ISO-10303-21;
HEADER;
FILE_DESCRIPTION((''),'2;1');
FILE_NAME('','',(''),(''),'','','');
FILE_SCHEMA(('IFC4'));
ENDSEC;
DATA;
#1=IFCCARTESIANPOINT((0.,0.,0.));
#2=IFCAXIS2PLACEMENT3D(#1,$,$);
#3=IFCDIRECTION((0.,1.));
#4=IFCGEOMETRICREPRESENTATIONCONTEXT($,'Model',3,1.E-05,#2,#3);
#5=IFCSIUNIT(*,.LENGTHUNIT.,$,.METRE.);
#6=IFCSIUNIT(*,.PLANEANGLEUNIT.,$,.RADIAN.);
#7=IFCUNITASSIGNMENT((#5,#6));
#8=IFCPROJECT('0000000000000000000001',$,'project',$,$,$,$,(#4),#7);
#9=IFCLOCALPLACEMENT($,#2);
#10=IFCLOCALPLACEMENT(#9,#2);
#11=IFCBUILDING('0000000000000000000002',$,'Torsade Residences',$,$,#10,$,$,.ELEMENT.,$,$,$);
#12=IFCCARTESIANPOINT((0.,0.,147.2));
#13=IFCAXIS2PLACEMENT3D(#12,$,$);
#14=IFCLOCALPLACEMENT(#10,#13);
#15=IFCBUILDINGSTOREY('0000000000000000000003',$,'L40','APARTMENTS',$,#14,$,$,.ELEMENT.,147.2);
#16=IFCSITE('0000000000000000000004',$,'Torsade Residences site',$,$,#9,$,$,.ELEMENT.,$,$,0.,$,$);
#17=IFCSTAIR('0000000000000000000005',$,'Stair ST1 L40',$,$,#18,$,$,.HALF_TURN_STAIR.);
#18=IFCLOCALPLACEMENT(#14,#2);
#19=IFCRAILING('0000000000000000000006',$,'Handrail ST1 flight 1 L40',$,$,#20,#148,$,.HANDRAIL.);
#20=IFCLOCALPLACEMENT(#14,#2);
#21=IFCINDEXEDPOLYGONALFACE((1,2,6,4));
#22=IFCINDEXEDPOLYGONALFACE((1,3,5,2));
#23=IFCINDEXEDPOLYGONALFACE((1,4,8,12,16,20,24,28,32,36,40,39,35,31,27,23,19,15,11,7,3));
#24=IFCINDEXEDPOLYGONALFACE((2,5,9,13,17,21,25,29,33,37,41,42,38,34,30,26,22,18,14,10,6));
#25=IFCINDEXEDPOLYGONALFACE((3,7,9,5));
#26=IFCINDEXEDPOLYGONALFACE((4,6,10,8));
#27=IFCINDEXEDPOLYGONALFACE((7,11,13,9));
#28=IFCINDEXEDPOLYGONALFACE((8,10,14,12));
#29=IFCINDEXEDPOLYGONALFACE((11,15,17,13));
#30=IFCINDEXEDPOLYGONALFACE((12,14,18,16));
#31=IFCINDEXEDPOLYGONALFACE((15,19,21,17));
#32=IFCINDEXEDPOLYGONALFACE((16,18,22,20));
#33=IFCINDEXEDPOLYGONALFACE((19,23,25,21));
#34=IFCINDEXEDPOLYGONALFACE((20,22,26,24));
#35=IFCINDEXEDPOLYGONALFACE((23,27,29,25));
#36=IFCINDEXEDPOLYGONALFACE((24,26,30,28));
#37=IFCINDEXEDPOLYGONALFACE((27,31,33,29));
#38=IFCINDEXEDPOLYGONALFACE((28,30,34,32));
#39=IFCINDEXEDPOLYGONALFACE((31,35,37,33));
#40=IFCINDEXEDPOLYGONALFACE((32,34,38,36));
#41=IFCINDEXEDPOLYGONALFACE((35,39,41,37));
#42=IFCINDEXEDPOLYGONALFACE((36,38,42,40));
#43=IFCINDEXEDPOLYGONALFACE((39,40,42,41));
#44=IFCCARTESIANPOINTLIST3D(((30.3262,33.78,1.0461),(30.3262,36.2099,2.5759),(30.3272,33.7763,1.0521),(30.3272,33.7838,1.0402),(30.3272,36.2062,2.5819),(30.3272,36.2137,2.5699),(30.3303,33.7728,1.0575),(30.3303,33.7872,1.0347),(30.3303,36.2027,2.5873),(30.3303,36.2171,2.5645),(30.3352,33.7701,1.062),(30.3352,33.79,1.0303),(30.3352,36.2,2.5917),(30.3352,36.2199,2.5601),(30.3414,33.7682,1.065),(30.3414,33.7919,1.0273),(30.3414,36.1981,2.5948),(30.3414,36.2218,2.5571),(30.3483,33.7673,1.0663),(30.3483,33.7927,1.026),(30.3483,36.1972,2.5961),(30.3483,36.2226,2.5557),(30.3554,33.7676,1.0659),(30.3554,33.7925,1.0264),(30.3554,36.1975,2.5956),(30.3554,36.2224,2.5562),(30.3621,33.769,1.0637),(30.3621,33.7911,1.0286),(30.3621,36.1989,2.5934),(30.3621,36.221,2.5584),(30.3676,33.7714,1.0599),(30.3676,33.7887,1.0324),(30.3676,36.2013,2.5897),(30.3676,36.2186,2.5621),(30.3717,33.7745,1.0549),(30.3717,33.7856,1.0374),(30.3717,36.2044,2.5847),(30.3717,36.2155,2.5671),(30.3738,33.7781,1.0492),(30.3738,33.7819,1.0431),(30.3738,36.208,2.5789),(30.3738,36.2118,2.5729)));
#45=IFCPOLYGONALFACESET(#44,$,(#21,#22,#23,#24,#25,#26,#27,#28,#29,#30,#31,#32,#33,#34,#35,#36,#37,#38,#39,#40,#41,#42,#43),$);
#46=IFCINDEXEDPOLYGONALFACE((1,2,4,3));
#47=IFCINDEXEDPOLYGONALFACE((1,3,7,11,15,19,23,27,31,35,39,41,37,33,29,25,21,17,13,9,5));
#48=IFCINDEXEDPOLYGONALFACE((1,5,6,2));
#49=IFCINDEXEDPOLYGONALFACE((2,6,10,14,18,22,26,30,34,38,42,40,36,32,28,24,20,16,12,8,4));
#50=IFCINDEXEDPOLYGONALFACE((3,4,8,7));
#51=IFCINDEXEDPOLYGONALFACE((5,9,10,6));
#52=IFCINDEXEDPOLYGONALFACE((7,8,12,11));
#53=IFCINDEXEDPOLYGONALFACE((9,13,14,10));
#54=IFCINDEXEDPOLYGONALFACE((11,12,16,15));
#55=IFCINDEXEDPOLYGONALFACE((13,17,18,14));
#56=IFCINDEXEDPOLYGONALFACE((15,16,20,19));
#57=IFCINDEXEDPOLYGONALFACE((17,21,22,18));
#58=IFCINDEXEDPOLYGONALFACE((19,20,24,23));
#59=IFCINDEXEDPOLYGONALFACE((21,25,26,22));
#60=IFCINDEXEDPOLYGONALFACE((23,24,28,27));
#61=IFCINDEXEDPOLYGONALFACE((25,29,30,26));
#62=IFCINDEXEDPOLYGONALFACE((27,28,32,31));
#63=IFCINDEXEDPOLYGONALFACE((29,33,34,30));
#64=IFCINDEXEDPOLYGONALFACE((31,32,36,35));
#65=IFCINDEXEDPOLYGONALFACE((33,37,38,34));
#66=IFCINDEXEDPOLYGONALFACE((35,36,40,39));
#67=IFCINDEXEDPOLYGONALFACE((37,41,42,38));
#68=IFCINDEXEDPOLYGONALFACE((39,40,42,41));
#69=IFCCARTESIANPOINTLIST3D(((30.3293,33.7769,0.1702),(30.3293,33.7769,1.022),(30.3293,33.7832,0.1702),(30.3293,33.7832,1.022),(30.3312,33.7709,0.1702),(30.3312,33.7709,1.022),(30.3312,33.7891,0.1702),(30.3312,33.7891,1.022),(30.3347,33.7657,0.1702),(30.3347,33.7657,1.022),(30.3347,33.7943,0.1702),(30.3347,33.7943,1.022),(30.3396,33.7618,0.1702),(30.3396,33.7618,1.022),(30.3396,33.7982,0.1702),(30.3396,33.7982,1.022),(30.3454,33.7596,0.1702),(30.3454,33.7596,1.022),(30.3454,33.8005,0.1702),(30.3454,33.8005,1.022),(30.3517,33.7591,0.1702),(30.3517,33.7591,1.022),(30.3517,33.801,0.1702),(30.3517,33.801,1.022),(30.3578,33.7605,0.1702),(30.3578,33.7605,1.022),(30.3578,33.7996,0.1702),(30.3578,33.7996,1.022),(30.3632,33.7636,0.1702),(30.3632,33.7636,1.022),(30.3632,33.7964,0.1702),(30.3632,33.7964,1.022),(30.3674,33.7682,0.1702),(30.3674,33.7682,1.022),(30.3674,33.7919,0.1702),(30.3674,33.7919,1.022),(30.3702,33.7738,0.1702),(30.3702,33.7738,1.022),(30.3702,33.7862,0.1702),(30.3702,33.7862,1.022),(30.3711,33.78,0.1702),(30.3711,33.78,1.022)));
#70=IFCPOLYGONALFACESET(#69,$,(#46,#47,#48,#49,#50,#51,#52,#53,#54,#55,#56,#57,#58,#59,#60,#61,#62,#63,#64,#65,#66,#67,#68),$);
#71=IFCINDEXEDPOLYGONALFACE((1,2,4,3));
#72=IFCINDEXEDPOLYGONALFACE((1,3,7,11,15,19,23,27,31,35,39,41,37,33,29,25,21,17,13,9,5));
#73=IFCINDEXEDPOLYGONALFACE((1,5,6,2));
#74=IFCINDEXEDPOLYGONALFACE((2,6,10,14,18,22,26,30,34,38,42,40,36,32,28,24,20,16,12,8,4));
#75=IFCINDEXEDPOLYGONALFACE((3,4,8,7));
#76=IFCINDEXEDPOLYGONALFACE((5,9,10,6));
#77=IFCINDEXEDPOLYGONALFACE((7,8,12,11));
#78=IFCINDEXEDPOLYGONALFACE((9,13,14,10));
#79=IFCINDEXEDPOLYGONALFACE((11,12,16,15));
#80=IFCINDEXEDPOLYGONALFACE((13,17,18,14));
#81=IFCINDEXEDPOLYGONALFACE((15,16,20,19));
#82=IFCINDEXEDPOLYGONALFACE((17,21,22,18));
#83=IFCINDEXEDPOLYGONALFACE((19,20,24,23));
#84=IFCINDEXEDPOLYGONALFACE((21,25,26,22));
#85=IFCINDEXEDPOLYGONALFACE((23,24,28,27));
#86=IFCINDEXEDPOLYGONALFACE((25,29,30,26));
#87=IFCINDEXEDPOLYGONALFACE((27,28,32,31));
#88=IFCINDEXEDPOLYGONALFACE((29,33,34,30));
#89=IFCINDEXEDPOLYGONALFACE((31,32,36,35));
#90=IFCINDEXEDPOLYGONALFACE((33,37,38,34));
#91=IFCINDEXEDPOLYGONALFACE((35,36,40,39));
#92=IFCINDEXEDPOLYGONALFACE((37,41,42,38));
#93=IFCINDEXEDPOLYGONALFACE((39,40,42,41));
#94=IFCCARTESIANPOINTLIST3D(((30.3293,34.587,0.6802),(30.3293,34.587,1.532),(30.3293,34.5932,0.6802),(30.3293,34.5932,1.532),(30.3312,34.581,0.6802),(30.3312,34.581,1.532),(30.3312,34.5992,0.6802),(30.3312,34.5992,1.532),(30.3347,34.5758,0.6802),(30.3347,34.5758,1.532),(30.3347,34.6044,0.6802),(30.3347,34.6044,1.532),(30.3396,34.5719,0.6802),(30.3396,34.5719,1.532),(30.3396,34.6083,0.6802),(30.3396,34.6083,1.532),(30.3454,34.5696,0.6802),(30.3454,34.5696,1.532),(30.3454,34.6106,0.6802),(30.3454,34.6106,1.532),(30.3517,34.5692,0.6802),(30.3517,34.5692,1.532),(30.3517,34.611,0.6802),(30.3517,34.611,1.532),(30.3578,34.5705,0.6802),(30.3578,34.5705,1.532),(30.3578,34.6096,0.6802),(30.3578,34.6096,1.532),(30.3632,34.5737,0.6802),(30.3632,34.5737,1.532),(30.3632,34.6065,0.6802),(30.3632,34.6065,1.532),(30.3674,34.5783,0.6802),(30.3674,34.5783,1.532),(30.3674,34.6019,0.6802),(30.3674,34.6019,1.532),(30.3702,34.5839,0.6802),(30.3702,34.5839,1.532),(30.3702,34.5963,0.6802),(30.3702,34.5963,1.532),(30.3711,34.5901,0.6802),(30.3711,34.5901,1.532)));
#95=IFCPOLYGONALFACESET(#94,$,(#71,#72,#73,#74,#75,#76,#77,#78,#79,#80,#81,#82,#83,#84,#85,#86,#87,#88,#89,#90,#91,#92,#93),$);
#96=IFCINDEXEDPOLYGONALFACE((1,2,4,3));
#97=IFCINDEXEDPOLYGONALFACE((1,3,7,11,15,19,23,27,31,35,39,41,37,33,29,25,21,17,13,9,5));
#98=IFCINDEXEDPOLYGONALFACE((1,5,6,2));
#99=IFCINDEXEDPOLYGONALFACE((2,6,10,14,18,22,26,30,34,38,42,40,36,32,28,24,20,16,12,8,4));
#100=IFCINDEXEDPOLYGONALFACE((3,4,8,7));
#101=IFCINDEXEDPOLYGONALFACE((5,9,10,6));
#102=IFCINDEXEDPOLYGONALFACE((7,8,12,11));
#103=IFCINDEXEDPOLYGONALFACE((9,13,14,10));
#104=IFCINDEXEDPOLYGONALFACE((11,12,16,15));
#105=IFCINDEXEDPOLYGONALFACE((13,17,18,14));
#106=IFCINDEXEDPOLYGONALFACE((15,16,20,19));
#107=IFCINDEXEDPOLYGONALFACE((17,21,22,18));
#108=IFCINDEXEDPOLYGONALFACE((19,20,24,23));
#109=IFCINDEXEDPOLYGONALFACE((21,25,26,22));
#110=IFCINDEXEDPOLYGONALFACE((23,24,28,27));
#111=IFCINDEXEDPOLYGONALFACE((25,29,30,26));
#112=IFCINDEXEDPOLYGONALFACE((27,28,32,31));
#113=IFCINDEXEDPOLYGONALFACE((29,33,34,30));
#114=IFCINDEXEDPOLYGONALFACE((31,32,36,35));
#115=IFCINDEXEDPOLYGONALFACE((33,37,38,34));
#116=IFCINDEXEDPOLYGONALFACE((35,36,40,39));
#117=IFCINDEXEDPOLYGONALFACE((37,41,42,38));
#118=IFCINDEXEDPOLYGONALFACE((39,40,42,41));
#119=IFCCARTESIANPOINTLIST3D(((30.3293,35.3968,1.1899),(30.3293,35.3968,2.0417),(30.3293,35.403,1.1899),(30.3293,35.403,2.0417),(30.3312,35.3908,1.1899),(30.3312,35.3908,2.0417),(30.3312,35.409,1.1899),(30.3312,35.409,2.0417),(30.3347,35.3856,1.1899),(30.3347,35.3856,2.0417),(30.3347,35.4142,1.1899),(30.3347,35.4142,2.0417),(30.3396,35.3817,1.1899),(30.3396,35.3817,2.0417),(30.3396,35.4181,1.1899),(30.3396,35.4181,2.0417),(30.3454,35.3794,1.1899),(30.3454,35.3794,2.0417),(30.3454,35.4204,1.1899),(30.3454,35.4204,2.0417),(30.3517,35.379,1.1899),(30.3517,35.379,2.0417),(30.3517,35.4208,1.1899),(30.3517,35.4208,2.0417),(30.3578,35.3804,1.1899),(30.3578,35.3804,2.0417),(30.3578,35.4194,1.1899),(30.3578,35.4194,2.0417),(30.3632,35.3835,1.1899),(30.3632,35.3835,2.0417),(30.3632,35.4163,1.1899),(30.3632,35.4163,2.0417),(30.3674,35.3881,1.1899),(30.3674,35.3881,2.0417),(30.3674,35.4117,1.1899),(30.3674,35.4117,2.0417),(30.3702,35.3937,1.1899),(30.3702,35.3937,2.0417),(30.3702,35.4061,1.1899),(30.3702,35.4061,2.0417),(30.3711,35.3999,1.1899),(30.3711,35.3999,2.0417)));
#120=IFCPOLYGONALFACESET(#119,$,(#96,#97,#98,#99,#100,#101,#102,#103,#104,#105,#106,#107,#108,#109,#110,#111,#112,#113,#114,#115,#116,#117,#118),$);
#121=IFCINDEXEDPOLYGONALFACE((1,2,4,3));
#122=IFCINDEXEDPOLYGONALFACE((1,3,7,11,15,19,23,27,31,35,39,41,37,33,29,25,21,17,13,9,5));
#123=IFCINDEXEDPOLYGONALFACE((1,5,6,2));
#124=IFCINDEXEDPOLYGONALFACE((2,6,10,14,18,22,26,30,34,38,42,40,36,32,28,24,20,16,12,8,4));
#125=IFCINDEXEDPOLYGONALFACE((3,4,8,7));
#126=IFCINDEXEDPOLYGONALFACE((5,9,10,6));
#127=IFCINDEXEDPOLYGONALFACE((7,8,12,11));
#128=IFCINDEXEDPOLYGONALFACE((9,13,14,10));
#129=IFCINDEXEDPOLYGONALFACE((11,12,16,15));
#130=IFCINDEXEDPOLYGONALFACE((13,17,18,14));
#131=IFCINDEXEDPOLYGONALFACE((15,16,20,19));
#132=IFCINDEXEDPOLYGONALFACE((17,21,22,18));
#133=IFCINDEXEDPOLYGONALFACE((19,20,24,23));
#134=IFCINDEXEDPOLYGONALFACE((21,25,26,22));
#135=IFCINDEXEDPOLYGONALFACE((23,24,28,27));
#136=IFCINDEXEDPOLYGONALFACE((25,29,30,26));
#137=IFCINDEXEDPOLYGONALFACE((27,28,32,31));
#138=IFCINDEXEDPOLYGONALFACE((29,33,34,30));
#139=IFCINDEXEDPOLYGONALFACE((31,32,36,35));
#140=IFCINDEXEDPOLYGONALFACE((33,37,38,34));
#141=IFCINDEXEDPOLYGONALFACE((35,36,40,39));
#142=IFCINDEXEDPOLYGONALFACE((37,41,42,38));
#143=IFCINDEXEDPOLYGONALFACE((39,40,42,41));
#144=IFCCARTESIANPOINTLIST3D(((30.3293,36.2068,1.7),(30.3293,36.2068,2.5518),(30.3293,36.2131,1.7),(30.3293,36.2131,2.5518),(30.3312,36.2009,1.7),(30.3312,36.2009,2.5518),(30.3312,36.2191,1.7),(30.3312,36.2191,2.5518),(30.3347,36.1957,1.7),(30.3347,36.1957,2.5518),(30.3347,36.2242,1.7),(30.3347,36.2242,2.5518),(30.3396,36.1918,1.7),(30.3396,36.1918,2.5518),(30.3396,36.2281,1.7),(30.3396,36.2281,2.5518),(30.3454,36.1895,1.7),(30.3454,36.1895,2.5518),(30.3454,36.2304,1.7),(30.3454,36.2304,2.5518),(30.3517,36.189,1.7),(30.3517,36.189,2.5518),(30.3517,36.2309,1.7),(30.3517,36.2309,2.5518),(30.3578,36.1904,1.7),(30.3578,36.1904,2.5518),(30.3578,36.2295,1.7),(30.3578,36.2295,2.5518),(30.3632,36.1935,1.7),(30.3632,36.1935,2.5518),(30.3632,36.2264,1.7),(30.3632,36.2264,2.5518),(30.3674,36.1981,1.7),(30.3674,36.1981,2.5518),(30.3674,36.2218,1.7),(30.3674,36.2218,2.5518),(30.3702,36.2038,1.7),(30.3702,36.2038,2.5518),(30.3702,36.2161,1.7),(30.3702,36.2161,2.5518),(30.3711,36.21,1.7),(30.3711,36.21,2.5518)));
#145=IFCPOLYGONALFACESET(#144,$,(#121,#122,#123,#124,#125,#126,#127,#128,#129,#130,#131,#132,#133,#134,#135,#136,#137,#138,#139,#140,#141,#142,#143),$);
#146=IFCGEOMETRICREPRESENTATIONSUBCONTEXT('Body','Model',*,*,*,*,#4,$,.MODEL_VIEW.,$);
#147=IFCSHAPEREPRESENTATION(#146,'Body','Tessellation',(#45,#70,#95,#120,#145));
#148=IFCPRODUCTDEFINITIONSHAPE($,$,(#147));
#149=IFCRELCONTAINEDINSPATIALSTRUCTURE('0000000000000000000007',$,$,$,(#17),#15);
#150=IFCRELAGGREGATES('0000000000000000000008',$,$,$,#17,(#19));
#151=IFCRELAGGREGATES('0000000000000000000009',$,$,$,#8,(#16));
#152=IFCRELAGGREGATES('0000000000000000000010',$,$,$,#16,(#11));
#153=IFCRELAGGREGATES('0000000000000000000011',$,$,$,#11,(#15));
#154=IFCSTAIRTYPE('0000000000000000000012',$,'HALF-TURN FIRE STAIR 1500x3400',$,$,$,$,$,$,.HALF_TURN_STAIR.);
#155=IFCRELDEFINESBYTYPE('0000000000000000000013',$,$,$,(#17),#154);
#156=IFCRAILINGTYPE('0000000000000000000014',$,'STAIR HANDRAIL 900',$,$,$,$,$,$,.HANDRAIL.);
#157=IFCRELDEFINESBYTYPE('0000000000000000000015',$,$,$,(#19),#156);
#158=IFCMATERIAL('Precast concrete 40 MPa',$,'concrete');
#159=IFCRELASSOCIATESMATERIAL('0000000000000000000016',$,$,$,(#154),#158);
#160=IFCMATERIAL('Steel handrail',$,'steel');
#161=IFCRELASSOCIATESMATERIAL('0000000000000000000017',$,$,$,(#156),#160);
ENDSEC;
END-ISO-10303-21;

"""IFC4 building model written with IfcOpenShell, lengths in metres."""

from ifc_helpers import new_model, si_unit, direction, frame, origin, origin_2d, place, context, subcontext, project, spatial, circle, extrude, material, type_object, element, aggregate, save


model = new_model("IFC4")

# Units and contexts
model_context = context("Model", 3, precision=1e-05, world=origin(), true_north=direction((0.0, 1.0)))
body_context = subcontext(model_context, "Body", "Model", "MODEL_VIEW")
ifc_project = project(units=[si_unit("LENGTHUNIT", "METRE"), si_unit("PLANEANGLEUNIT", "RADIAN")], contexts=[model_context])

# Site, building, storey
site_placement = place(None, origin())
site = spatial("IfcSite", under=ifc_project, at=site_placement, Name="Torsade Residences site", CompositionType="ELEMENT", RefElevation=0.0)
building_placement = place(site_placement, origin())
building = spatial("IfcBuilding", under=site, at=building_placement, Name="Torsade Residences", CompositionType="ELEMENT")
storey_placement = place(building_placement, frame((0.0, 0.0, 147.2)))
storey = spatial("IfcBuildingStorey", under=building, at=storey_placement, Name="L40", Description="APARTMENTS", CompositionType="ELEMENT", Elevation=147.2)

# Stair, railing
ifc_material_1 = material(Name="Precast concrete 40 MPa", Category="concrete")
stair_type = type_object("IfcStairType", Name="HALF-TURN FIRE STAIR 1500x3400", PredefinedType="HALF_TURN_STAIR", material=ifc_material_1)
stair_placement = place(storey_placement, origin())
stair = element("IfcStair", 1, at=stair_placement, inside=storey, type_object=stair_type, Name="Stair ST1 L40", PredefinedType="HALF_TURN_STAIR")
ifc_material_2 = material(Name="Steel handrail", Category="steel")
railing_type = type_object("IfcRailingType", Name="STAIR HANDRAIL 900", PredefinedType="HANDRAIL", material=ifc_material_2)
railing_1_placement = place(storey_placement, frame((30.3501, 33.78, 0.1702)))
railing_1 = element("IfcRailing", 2, at=railing_1_placement, type_object=railing_type, Name="Handrail ST1 flight 1 L40", PredefinedType="HANDRAIL", context=body_context, shape_type="SweptSolid", body=[
    extrude(circle(Radius=0.0239, at=origin_2d()), frame((0.0, 0.0, 0.876), z_axis=(0.0, 0.84626, 0.53277), x_axis=(-1.0, 0.0, 0.0)), (0.0, 0.0, 1.0), 2.8713),
    extrude(circle(Radius=0.021, at=origin_2d()), origin(), (0.0, 0.0, 1.0), 0.8518),
    extrude(circle(Radius=0.021, at=origin_2d()), frame((0.0, 0.8101, 0.51)), (0.0, 0.0, 1.0), 0.8518),
    extrude(circle(Radius=0.021, at=origin_2d()), frame((0.0, 1.6199, 1.0198)), (0.0, 0.0, 1.0), 0.8518),
    extrude(circle(Radius=0.021, at=origin_2d()), frame((0.0, 2.4299, 1.5298)), (0.0, 0.0, 1.0), 0.8518),
])
aggregate(stair, [railing_1])

save(model, "model.ifc")
